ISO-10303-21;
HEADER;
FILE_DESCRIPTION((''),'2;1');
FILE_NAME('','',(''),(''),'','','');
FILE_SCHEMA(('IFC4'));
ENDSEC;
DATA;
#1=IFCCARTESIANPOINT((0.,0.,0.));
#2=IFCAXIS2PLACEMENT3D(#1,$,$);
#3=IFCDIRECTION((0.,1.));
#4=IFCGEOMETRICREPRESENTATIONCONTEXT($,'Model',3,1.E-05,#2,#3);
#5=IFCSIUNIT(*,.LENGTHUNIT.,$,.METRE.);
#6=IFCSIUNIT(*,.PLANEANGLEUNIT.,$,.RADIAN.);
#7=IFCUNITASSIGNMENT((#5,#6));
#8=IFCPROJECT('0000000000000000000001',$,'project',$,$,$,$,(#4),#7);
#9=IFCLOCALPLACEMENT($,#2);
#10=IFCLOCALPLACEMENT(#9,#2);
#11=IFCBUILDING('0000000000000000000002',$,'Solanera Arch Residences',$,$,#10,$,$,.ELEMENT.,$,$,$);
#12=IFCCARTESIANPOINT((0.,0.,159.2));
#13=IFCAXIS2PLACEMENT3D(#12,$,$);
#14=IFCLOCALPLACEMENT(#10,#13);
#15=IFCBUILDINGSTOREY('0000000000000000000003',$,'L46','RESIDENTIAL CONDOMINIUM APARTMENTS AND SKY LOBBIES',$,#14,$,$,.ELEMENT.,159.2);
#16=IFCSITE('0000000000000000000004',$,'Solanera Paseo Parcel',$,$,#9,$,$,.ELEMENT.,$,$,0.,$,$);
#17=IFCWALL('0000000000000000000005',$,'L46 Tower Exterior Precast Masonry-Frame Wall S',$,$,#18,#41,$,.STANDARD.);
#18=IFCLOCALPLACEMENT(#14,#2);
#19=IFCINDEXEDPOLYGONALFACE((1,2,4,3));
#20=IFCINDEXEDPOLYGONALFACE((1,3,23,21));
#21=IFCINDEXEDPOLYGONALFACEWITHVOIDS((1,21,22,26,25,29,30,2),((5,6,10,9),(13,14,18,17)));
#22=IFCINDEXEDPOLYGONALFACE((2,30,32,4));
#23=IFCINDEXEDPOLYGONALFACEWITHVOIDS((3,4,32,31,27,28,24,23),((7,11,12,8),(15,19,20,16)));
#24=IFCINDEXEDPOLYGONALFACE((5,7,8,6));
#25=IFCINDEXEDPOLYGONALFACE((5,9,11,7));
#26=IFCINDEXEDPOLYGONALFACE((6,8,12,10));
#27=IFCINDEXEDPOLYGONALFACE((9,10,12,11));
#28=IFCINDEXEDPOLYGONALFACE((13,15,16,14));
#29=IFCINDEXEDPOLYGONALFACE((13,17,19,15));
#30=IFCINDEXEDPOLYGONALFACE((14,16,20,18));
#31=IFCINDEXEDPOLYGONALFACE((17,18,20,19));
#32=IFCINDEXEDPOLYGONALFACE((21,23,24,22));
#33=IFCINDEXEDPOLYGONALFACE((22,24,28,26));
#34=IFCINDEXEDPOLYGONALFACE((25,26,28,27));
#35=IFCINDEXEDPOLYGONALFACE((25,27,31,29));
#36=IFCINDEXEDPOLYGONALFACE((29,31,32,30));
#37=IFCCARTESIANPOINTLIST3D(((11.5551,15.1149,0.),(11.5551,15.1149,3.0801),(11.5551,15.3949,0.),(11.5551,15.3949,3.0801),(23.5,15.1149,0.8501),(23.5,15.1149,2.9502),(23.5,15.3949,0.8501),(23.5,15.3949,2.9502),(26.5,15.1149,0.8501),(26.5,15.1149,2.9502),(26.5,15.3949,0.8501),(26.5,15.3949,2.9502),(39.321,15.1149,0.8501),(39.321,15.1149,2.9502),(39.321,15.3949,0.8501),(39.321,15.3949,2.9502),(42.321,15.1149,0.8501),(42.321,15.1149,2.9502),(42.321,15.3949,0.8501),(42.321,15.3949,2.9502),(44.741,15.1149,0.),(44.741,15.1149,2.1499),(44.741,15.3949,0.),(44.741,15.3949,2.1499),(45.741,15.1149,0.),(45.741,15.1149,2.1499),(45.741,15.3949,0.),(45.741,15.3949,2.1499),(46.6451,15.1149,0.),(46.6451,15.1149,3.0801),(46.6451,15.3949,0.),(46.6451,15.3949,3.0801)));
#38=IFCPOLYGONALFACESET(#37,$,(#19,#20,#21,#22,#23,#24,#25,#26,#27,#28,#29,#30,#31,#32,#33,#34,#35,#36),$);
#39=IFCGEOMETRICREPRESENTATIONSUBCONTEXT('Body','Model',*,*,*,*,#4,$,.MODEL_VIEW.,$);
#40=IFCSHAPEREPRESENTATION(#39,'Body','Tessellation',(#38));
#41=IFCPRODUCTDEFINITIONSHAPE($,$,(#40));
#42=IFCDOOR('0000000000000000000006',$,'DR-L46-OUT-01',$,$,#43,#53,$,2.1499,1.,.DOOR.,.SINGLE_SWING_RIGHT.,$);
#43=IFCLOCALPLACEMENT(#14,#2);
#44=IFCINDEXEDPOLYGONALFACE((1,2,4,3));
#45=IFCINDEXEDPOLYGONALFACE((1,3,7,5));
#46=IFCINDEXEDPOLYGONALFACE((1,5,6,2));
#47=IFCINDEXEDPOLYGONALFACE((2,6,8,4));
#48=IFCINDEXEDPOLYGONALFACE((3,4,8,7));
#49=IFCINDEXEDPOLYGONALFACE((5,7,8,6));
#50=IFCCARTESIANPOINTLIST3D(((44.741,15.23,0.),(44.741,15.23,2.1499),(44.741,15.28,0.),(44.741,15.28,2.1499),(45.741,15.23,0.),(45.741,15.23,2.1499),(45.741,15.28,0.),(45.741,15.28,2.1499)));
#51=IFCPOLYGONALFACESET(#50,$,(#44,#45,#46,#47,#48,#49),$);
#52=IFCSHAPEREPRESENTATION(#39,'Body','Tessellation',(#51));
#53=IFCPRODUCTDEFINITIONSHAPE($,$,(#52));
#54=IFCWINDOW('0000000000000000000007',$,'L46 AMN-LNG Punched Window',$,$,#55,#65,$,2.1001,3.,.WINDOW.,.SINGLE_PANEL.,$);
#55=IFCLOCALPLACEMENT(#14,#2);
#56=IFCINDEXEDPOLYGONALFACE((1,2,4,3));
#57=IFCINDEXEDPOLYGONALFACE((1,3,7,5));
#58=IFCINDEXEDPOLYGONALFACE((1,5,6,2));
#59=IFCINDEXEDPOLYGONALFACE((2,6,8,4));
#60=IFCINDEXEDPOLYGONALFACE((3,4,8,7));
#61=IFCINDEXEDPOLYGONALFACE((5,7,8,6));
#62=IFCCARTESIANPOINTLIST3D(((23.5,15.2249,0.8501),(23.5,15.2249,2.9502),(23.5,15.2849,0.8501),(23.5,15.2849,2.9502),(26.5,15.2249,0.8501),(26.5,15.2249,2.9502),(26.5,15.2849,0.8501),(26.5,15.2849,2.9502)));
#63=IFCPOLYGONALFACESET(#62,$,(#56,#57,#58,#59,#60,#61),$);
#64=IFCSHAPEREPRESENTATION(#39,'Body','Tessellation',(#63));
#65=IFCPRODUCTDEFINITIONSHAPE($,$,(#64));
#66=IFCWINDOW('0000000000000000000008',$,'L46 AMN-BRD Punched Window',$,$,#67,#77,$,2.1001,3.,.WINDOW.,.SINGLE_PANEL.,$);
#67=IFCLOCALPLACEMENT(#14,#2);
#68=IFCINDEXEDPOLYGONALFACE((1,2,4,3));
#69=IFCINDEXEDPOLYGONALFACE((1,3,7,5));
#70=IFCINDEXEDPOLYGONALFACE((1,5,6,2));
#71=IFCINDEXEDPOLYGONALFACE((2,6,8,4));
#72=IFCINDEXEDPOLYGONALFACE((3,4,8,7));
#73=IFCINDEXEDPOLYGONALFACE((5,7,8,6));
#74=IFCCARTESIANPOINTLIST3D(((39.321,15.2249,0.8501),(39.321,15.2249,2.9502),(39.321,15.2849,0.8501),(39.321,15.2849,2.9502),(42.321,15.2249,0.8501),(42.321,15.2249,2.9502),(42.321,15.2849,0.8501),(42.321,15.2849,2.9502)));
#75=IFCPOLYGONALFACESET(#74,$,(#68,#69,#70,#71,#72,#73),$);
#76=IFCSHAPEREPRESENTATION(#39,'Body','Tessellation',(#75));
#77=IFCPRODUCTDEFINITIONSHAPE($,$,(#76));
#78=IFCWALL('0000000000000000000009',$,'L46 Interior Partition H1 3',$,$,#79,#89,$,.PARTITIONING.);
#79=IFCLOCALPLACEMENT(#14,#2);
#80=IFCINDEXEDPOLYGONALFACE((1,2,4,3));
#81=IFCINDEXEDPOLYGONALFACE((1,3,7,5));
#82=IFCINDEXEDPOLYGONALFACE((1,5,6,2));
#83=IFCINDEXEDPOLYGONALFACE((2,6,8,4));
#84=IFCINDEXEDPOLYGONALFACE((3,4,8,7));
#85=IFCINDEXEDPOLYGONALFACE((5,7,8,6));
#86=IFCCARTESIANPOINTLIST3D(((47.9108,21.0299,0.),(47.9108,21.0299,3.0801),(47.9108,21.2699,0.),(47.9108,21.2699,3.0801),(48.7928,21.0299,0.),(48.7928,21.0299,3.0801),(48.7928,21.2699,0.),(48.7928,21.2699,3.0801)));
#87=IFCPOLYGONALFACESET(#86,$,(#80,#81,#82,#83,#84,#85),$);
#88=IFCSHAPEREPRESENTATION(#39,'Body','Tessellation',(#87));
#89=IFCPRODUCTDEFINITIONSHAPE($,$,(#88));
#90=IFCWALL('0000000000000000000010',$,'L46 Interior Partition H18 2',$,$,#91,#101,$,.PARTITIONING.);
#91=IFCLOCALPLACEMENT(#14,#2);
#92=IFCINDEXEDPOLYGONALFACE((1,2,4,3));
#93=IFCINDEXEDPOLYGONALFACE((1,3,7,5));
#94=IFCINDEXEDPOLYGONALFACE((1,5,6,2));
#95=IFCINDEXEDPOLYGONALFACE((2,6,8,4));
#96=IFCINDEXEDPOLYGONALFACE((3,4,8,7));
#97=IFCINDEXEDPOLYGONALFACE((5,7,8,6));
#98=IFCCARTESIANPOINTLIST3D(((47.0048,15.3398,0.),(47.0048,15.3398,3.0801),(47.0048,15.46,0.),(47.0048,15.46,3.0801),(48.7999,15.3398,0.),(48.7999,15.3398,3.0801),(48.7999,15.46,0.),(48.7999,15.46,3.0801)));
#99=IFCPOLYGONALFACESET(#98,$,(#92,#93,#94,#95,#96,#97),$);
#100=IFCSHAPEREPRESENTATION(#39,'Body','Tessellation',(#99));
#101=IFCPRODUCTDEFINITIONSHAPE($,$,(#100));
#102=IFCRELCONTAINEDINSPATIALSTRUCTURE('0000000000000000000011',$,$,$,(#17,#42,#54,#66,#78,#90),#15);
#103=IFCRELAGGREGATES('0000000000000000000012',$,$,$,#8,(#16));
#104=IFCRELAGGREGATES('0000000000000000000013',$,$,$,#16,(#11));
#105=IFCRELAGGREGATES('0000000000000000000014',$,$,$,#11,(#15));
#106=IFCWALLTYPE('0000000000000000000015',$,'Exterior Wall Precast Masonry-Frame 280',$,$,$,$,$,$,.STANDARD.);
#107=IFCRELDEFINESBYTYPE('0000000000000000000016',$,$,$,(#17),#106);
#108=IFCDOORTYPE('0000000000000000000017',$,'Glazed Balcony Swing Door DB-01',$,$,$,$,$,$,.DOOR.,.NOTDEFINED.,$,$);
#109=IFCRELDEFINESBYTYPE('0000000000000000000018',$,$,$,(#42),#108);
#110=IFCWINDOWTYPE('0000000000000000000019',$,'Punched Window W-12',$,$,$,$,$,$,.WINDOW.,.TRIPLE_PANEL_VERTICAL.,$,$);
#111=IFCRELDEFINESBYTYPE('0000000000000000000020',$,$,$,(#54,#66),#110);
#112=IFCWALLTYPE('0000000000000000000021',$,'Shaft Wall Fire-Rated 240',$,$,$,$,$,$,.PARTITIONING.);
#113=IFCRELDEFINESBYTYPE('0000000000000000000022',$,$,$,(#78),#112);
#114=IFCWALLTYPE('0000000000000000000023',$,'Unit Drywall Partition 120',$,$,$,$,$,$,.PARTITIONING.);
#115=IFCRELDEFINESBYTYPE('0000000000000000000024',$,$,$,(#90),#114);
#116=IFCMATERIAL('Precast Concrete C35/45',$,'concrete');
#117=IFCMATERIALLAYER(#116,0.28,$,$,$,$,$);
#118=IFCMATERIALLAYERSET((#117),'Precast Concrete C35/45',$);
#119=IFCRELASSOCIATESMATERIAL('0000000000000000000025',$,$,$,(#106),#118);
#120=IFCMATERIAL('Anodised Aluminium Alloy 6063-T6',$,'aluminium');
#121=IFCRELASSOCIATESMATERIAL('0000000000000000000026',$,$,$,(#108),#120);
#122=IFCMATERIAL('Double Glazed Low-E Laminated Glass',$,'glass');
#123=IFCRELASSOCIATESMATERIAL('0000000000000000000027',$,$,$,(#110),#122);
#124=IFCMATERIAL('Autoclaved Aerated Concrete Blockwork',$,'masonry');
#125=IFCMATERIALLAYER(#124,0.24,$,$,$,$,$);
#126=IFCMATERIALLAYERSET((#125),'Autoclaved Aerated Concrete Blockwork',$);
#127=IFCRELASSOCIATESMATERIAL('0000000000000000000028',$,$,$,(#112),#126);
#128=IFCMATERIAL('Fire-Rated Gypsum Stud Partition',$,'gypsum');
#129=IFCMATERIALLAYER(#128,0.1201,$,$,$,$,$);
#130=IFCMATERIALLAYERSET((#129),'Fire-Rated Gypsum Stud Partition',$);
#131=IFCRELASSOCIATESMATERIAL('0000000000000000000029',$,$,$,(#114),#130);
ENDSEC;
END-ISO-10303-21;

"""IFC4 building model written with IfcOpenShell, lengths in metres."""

from ifc_helpers import new_model, si_unit, direction, frame, frame_2d, origin, place, context, subcontext, project, spatial, rectangle, extrude, material, layer, layer_set, type_object, element, fill, save


model = new_model("IFC4")

# Units and contexts
model_context = context("Model", 3, precision=1e-05, world=origin(), true_north=direction((0.0, 1.0)))
body_context = subcontext(model_context, "Body", "Model", "MODEL_VIEW")
ifc_project = project(units=[si_unit("LENGTHUNIT", "METRE"), si_unit("PLANEANGLEUNIT", "RADIAN")], contexts=[model_context])

# Site, building, storey
site_placement = place(None, origin())
site = spatial("IfcSite", under=ifc_project, at=site_placement, Name="Solanera Paseo Parcel", CompositionType="ELEMENT", RefElevation=0.0)
building_placement = place(site_placement, origin())
building = spatial("IfcBuilding", under=site, at=building_placement, Name="Solanera Arch Residences", CompositionType="ELEMENT")
storey_placement = place(building_placement, frame((0.0, 0.0, 159.2)))
storey = spatial("IfcBuildingStorey", under=building, at=storey_placement, Name="L46", Description="RESIDENTIAL CONDOMINIUM APARTMENTS AND SKY LOBBIES", CompositionType="ELEMENT", Elevation=159.2)

# Shared definitions
ifc_material_1 = material(Name="Precast Concrete C35/45", Category="concrete")
ifc_layer_1 = layer(ifc_material_1, 0.28)
ifc_layer_set_1 = layer_set([ifc_layer_1], Name="Precast Concrete C35/45")
wall_type_1 = type_object("IfcWallType", Name="Exterior Wall Precast Masonry-Frame 280", PredefinedType="STANDARD", material=ifc_layer_set_1)

# Wall, openings, door, windows
wall_1_placement = place(storey_placement, frame((46.645, 15.2549, 0.0), z_axis=(0.0, 0.0, 1.0), x_axis=(-1.0, 0.0, 0.0)))
wall_1 = element("IfcWall", 1, at=wall_1_placement, inside=storey, type_object=wall_type_1, Name="L46 Tower Exterior Precast Masonry-Frame Wall S", PredefinedType="STANDARD", context=body_context, shape_type="SweptSolid", body=[
    extrude(rectangle(XDim=35.0901, YDim=0.28, at=frame_2d((17.5449, 0.0))), origin(), (0.0, 0.0, 1.0), 3.0801),
])
opening_1_placement = place(wall_1_placement, frame((0.9041, 0.0, 0.0)))
opening_1 = element("IfcOpeningElement", 2, at=opening_1_placement, cuts=wall_1, PredefinedType="OPENING", context=body_context, shape_type="SweptSolid", body=[
    extrude(rectangle(XDim=1.0, YDim=2.1499, at=frame_2d((0.5, 1.075))), frame((0.0, 0.1499, 0.0), z_axis=(0.0, -1.0, 0.0), x_axis=(1.0, 0.0, 0.0)), (0.0, 0.0, 1.0), 0.3),
])
opening_2_placement = place(wall_1_placement, frame((20.145, 0.0, 0.8501)))
opening_2 = element("IfcOpeningElement", 3, at=opening_2_placement, cuts=wall_1, PredefinedType="OPENING", context=body_context, shape_type="SweptSolid", body=[
    extrude(rectangle(XDim=3.0, YDim=2.1001, at=frame_2d((1.5, 1.05))), frame((0.0, 0.1499, 0.0), z_axis=(0.0, -1.0, 0.0), x_axis=(1.0, 0.0, 0.0)), (0.0, 0.0, 1.0), 0.3),
])
opening_3_placement = place(wall_1_placement, frame((4.324, 0.0, 0.8501)))
opening_3 = element("IfcOpeningElement", 4, at=opening_3_placement, cuts=wall_1, PredefinedType="OPENING", context=body_context, shape_type="SweptSolid", body=[
    extrude(rectangle(XDim=3.0, YDim=2.1001, at=frame_2d((1.5, 1.05))), frame((0.0, 0.1499, 0.0), z_axis=(0.0, -1.0, 0.0), x_axis=(1.0, 0.0, 0.0)), (0.0, 0.0, 1.0), 0.3),
])
ifc_material_2 = material(Name="Anodised Aluminium Alloy 6063-T6", Category="aluminium")
door_type = type_object("IfcDoorType", Name="Glazed Balcony Swing Door DB-01", OperationType="NOTDEFINED", PredefinedType="DOOR", material=ifc_material_2)
door_placement = place(opening_1_placement, origin())
door = element("IfcDoor", 5, at=door_placement, inside=storey, type_object=door_type, Name="DR-L46-OUT-01", OperationType="SINGLE_SWING_RIGHT", OverallHeight=2.1499, OverallWidth=1.0, PredefinedType="DOOR", context=body_context, shape_type="SweptSolid", body=[
    extrude(rectangle(XDim=1.0, YDim=2.1499, at=frame_2d((0.5, 1.075))), frame((0.0, 0.0249, 0.0), z_axis=(0.0, -1.0, 0.0), x_axis=(1.0, 0.0, 0.0)), (0.0, 0.0, 1.0), 0.05),
])
fill(opening_1, door)
ifc_material_3 = material(Name="Double Glazed Low-E Laminated Glass", Category="glass")
window_type = type_object("IfcWindowType", Name="Punched Window W-12", PartitioningType="TRIPLE_PANEL_VERTICAL", PredefinedType="WINDOW", material=ifc_material_3)
window_1_placement = place(opening_2_placement, origin())
window_1 = element("IfcWindow", 6, at=window_1_placement, inside=storey, type_object=window_type, Name="L46 AMN-LNG Punched Window", OverallHeight=2.1001, OverallWidth=3.0, PartitioningType="SINGLE_PANEL", PredefinedType="WINDOW", context=body_context, shape_type="SweptSolid", body=[
    extrude(rectangle(XDim=3.0, YDim=2.1001, at=frame_2d((1.5, 1.05))), frame((0.0, 0.03, 0.0), z_axis=(0.0, -1.0, 0.0), x_axis=(1.0, 0.0, 0.0)), (0.0, 0.0, 1.0), 0.0601),
])
fill(opening_2, window_1)
window_2_placement = place(opening_3_placement, origin())
window_2 = element("IfcWindow", 7, at=window_2_placement, inside=storey, type_object=window_type, Name="L46 AMN-BRD Punched Window", OverallHeight=2.1001, OverallWidth=3.0, PartitioningType="SINGLE_PANEL", PredefinedType="WINDOW", context=body_context, shape_type="SweptSolid", body=[
    extrude(rectangle(XDim=3.0, YDim=2.1001, at=frame_2d((1.5, 1.05))), frame((0.0, 0.03, 0.0), z_axis=(0.0, -1.0, 0.0), x_axis=(1.0, 0.0, 0.0)), (0.0, 0.0, 1.0), 0.0601),
])
fill(opening_3, window_2)

# Walls
ifc_material_4 = material(Name="Autoclaved Aerated Concrete Blockwork", Category="masonry")
ifc_layer_2 = layer(ifc_material_4, 0.24)
ifc_layer_set_2 = layer_set([ifc_layer_2], Name="Autoclaved Aerated Concrete Blockwork")
wall_type_2 = type_object("IfcWallType", Name="Shaft Wall Fire-Rated 240", PredefinedType="PARTITIONING", material=ifc_layer_set_2)
wall_2_placement = place(storey_placement, frame((47.9109, 21.1499, 0.0), z_axis=(0.0, 0.0, 1.0), x_axis=(1.0, 0.0, 0.0)))
element("IfcWall", 8, at=wall_2_placement, inside=storey, type_object=wall_type_2, Name="L46 Interior Partition H1 3", PredefinedType="PARTITIONING", context=body_context, shape_type="SweptSolid", body=[
    extrude(rectangle(XDim=0.8821, YDim=0.24, at=frame_2d((0.4409, 0.0))), origin(), (0.0, 0.0, 1.0), 3.0801),
])
ifc_material_5 = material(Name="Fire-Rated Gypsum Stud Partition", Category="gypsum")
ifc_layer_3 = layer(ifc_material_5, 0.1201)
ifc_layer_set_3 = layer_set([ifc_layer_3], Name="Fire-Rated Gypsum Stud Partition")
wall_type_3 = type_object("IfcWallType", Name="Unit Drywall Partition 120", PredefinedType="PARTITIONING", material=ifc_layer_set_3)
wall_3_placement = place(storey_placement, frame((47.0049, 15.3999, 0.0), z_axis=(0.0, 0.0, 1.0), x_axis=(1.0, 0.0, 0.0)))
element("IfcWall", 9, at=wall_3_placement, inside=storey, type_object=wall_type_3, Name="L46 Interior Partition H18 2", PredefinedType="PARTITIONING", context=body_context, shape_type="SweptSolid", body=[
    extrude(rectangle(XDim=1.7952, YDim=0.1201, at=frame_2d((0.8975, 0.0))), origin(), (0.0, 0.0, 1.0), 3.0801),
])

save(model, "model.ifc")
